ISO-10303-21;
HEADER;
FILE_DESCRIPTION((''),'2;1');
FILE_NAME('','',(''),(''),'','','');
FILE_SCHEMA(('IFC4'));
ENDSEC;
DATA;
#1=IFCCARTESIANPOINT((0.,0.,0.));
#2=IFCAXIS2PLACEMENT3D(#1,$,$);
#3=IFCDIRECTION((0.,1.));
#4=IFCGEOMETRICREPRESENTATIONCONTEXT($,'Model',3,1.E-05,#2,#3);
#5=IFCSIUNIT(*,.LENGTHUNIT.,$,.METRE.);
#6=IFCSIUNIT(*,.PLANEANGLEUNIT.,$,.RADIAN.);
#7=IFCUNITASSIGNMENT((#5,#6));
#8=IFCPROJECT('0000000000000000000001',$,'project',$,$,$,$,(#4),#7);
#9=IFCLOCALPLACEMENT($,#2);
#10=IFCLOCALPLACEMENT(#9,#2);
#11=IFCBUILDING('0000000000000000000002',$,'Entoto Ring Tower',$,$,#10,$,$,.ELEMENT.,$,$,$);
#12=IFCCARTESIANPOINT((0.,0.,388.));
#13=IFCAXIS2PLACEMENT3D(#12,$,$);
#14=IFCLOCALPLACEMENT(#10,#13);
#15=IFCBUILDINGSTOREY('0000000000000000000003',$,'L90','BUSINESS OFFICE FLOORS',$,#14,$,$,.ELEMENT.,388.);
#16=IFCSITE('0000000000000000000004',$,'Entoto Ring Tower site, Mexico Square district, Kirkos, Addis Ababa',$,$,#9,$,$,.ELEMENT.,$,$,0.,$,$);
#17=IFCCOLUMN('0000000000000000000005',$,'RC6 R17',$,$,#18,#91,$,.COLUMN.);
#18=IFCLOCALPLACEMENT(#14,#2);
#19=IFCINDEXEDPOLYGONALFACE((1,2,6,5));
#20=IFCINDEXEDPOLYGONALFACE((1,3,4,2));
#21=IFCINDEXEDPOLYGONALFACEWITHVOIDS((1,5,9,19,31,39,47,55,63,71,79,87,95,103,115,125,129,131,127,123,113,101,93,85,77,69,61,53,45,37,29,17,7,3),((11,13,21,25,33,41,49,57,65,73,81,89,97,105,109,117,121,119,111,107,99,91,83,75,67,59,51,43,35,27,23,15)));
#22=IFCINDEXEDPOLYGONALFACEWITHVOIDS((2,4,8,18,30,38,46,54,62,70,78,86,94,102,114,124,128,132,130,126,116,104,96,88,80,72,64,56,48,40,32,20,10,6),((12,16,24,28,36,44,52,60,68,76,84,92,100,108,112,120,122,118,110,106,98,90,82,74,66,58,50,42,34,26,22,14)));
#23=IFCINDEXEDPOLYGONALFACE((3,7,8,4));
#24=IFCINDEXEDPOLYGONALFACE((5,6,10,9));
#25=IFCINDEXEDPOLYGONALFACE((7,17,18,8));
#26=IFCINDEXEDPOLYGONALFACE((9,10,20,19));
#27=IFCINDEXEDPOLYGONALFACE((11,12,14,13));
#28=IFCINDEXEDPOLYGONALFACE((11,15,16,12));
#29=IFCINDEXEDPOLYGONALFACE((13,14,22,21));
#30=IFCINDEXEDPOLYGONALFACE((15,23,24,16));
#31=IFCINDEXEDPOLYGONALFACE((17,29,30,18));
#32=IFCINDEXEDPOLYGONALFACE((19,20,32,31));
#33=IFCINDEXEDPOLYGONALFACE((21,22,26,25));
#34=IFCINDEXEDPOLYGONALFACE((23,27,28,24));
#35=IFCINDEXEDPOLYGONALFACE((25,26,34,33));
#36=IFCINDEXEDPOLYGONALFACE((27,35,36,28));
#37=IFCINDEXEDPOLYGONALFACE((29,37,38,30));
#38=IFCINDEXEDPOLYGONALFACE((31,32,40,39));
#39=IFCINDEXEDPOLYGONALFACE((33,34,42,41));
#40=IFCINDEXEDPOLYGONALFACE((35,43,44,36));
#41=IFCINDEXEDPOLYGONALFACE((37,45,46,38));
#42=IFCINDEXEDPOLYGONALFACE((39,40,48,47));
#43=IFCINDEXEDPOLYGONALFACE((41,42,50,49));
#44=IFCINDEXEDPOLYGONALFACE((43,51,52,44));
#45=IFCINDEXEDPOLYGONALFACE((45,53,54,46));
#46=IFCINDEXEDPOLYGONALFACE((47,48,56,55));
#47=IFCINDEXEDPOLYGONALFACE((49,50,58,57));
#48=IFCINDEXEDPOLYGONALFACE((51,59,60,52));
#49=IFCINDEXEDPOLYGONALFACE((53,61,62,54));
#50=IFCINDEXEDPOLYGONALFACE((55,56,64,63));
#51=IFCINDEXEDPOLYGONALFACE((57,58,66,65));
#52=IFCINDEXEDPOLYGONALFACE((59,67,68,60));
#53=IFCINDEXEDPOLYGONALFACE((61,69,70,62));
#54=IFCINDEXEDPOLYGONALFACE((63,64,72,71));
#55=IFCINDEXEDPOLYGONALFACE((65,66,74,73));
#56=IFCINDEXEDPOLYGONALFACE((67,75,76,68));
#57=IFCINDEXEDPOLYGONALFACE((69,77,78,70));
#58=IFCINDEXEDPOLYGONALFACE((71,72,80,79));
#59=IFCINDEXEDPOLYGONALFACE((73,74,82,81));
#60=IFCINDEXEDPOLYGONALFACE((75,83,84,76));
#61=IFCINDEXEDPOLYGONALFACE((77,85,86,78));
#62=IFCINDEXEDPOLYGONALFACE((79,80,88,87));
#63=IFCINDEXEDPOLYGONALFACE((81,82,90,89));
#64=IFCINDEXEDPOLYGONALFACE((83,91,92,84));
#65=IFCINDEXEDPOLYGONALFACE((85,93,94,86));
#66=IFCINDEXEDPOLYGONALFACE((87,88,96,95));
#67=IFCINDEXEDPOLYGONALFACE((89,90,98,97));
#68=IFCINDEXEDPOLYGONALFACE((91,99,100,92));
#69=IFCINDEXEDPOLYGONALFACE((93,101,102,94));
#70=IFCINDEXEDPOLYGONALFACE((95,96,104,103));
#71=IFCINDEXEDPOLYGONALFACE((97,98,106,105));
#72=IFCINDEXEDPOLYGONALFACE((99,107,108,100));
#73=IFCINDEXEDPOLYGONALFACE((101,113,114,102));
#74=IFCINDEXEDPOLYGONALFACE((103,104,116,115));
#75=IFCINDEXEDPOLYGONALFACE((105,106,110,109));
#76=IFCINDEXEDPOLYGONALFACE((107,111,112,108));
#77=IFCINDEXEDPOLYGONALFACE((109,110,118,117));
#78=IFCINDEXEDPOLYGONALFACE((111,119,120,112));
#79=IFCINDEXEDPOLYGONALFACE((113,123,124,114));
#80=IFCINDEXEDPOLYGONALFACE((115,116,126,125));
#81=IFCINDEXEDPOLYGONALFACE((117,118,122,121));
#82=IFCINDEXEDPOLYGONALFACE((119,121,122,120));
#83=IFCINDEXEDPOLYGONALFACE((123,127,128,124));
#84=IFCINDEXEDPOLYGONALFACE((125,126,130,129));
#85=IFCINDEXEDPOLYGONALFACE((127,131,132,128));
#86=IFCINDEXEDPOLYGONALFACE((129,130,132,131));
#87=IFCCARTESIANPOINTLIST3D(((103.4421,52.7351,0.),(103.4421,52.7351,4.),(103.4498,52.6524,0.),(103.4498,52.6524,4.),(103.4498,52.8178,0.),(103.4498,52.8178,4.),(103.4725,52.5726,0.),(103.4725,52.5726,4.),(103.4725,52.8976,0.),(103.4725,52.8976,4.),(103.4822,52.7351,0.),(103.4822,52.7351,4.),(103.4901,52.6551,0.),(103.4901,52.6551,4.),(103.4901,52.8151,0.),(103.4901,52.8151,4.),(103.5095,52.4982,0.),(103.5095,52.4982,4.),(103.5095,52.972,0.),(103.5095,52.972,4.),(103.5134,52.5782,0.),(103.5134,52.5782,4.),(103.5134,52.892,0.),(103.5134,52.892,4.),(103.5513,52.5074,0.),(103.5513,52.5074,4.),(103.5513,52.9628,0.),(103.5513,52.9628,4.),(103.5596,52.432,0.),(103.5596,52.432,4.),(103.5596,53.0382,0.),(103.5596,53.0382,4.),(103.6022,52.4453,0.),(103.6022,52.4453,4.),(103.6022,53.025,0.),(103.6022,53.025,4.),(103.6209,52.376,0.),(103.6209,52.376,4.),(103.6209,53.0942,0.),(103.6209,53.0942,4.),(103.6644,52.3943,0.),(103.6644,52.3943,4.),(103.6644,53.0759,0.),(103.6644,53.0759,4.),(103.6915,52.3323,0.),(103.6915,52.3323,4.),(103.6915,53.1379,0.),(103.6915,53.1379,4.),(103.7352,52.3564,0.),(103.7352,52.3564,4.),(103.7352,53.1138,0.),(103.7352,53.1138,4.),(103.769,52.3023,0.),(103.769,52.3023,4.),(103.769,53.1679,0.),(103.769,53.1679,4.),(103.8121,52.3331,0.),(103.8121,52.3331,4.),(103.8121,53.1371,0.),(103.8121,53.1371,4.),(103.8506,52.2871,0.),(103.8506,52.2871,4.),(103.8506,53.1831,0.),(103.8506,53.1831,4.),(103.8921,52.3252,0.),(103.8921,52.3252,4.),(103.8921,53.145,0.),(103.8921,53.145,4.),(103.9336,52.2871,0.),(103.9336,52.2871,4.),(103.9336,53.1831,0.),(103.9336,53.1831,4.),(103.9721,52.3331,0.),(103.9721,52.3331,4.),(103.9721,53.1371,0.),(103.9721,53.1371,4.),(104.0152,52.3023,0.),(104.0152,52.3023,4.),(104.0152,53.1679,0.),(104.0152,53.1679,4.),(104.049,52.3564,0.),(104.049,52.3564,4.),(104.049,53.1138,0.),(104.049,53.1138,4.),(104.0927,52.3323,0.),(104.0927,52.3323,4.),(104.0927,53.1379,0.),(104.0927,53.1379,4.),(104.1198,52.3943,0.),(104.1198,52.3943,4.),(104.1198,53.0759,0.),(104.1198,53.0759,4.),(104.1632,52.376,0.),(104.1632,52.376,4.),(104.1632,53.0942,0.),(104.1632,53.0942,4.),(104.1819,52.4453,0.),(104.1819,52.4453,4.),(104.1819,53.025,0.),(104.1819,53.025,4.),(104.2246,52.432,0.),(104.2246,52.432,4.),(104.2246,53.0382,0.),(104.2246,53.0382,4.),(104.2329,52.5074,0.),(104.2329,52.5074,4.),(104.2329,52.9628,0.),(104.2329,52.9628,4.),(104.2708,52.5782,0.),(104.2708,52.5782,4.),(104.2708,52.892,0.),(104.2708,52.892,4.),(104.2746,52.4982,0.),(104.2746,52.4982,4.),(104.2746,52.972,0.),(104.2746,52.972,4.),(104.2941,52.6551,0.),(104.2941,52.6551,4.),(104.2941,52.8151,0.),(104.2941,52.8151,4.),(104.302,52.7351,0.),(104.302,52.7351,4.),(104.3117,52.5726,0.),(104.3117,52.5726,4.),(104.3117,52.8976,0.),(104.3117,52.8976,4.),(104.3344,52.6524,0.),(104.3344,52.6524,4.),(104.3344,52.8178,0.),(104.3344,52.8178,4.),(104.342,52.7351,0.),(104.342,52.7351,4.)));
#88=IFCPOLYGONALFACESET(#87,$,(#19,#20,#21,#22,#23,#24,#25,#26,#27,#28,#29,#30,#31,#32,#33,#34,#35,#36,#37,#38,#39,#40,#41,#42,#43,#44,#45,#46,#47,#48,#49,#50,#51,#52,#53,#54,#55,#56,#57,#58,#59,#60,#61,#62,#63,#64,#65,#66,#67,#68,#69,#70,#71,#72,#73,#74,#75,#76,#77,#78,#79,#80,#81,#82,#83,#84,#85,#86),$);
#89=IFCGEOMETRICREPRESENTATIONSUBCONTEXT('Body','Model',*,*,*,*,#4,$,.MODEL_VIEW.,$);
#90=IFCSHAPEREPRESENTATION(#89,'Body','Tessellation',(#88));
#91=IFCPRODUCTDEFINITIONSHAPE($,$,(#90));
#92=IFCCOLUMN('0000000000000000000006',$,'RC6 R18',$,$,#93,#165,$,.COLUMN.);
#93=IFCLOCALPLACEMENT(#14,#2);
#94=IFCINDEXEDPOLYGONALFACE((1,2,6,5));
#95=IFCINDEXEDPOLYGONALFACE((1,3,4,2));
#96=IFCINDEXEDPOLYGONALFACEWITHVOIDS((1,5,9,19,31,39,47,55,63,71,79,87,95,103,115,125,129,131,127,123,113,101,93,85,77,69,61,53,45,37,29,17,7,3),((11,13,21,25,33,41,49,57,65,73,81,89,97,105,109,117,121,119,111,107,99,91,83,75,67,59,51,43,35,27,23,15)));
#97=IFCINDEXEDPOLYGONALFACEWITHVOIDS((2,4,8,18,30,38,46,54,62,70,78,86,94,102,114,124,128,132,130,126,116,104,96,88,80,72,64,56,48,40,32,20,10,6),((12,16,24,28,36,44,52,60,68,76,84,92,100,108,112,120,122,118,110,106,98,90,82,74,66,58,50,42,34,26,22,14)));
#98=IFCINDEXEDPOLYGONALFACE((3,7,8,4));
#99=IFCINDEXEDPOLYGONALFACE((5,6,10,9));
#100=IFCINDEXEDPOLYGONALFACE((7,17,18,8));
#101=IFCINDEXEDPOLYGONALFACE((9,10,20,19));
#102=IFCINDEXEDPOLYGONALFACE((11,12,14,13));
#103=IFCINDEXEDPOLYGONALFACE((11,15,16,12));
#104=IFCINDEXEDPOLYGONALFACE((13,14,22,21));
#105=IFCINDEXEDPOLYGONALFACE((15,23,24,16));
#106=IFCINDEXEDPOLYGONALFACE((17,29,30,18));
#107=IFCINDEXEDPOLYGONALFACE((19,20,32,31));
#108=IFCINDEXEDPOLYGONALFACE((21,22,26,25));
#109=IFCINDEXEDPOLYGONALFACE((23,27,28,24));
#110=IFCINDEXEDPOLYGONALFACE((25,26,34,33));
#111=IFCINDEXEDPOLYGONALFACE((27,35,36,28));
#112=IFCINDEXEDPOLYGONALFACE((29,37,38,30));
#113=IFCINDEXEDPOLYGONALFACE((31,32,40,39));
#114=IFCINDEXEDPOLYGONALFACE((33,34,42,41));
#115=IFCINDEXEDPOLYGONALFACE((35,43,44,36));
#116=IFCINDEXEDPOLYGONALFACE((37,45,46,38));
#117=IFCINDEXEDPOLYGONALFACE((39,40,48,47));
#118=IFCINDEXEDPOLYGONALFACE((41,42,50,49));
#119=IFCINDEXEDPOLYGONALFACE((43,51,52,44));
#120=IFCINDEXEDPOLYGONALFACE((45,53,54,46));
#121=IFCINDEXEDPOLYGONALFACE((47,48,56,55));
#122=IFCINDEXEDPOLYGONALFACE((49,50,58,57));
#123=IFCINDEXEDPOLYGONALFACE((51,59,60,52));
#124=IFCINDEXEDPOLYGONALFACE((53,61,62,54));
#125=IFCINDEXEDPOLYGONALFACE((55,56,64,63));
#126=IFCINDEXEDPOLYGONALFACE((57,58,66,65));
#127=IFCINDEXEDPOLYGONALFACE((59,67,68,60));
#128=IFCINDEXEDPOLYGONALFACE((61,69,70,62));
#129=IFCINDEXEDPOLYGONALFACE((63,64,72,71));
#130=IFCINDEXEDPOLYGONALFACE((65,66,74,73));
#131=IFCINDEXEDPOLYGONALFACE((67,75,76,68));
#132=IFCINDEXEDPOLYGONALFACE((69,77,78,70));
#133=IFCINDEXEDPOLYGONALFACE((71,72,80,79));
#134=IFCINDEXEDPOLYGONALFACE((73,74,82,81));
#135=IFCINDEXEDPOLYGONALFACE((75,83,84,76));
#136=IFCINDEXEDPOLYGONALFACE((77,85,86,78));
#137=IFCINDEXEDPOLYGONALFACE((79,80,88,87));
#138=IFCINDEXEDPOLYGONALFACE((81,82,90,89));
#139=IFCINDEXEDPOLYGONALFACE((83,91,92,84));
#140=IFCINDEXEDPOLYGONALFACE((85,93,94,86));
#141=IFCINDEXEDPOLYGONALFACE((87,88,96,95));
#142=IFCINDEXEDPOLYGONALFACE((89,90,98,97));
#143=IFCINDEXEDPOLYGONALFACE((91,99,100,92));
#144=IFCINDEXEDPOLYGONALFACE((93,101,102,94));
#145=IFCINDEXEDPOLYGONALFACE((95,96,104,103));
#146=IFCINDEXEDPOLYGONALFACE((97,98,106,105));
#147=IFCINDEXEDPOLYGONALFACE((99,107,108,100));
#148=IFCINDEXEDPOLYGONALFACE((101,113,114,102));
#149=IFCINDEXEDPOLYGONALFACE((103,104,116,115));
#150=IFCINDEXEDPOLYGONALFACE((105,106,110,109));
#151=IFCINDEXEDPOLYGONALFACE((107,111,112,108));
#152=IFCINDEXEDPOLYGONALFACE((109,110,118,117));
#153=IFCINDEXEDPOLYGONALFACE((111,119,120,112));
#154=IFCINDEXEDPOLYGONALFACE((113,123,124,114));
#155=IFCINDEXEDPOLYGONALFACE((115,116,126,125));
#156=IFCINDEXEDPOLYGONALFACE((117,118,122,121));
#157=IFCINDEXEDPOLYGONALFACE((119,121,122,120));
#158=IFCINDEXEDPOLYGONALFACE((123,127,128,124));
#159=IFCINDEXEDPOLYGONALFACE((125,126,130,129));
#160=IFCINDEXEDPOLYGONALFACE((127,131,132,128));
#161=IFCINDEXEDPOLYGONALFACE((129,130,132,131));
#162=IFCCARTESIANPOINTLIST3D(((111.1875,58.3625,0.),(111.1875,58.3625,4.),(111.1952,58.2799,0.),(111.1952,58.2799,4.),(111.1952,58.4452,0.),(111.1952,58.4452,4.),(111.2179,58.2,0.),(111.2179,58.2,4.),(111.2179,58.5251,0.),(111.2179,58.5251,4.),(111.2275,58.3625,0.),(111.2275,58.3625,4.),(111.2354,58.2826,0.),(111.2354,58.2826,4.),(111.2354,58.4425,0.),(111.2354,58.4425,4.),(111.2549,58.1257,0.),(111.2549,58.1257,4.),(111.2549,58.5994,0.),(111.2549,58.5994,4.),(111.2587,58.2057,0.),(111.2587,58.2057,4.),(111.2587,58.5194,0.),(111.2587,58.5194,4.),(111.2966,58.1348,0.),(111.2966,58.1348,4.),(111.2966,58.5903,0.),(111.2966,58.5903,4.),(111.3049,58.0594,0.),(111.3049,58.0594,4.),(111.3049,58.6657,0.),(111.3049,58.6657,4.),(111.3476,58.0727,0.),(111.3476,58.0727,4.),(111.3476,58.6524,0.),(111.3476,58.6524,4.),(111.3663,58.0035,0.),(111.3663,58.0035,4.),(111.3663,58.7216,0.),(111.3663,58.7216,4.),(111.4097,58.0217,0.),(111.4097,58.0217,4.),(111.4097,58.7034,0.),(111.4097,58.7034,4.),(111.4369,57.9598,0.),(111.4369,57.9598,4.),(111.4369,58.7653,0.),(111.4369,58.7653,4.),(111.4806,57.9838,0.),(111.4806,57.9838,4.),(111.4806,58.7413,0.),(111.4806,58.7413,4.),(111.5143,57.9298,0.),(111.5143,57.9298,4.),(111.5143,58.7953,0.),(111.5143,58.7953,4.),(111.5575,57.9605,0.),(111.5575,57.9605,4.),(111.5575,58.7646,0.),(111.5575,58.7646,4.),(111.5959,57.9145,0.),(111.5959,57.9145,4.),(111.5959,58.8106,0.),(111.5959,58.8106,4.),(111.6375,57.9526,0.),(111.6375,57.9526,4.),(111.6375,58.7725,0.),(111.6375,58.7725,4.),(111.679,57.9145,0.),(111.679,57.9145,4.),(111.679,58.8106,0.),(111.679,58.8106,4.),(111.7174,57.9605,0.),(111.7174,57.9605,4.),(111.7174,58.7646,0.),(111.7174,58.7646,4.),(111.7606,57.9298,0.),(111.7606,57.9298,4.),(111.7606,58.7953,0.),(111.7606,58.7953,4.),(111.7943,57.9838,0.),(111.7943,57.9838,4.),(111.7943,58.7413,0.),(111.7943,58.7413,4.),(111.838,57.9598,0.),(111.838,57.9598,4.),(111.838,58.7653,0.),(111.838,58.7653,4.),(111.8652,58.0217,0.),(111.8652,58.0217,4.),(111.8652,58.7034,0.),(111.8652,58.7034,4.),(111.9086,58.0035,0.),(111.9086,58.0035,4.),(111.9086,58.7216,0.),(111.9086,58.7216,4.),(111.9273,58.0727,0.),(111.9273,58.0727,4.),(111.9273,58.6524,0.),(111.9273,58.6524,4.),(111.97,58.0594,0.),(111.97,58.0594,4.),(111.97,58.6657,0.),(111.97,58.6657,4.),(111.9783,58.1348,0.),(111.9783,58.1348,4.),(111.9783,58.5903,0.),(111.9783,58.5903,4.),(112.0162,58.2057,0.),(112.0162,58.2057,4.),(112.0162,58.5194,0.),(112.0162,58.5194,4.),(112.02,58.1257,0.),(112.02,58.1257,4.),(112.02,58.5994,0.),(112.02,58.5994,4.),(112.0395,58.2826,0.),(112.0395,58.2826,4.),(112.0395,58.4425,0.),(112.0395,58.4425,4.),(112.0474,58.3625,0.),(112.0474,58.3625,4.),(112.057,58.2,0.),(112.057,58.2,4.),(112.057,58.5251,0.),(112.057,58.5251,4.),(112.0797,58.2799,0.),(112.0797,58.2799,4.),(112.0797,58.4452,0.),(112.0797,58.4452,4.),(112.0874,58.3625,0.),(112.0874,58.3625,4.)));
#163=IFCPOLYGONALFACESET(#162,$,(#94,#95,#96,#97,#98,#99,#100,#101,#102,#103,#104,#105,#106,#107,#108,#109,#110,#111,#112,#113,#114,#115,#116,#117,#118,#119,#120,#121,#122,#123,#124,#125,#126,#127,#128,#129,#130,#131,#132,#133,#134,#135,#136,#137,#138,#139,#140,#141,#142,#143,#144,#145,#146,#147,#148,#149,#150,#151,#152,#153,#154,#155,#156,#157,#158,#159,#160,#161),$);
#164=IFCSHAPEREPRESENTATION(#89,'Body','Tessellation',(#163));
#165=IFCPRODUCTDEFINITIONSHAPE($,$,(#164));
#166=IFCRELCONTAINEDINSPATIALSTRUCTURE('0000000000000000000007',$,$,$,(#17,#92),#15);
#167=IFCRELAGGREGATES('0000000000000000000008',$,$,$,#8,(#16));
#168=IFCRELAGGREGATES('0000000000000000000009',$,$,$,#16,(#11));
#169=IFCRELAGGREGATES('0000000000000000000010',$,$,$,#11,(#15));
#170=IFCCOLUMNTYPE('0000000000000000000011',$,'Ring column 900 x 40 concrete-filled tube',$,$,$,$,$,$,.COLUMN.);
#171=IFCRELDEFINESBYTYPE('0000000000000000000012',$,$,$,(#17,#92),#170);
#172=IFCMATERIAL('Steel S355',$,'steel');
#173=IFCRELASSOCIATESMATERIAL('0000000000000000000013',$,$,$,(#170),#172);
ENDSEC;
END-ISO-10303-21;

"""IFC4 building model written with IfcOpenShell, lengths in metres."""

from ifc_helpers import new_model, si_unit, direction, frame, origin, origin_2d, place, context, subcontext, project, spatial, circle, hollow_circle, extrude, material, material_profile, profile_set, type_object, element, save


model = new_model("IFC4")

# Units and contexts
model_context = context("Model", 3, precision=1e-05, world=origin(), true_north=direction((0.0, 1.0)))
body_context = subcontext(model_context, "Body", "Model", "MODEL_VIEW")
ifc_project = project(units=[si_unit("LENGTHUNIT", "METRE"), si_unit("PLANEANGLEUNIT", "RADIAN")], contexts=[model_context])

# Site, building, storey
site_placement = place(None, origin())
site = spatial("IfcSite", under=ifc_project, at=site_placement, Name="Entoto Ring Tower site, Mexico Square district, Kirkos, Addis Ababa", CompositionType="ELEMENT", RefElevation=0.0)
building_placement = place(site_placement, origin())
building = spatial("IfcBuilding", under=site, at=building_placement, Name="Entoto Ring Tower", CompositionType="ELEMENT")
storey_placement = place(building_placement, frame((0.0, 0.0, 388.0)))
storey = spatial("IfcBuildingStorey", under=building, at=storey_placement, Name="L90", Description="BUSINESS OFFICE FLOORS", CompositionType="ELEMENT", Elevation=388.0)

# Columns
ifc_material_1 = material(Name="Steel S355", Category="steel")
ifc_material_profile_1 = material_profile(ifc_material_1, hollow_circle(Radius=0.45, WallThickness=0.04, at=origin_2d()), Name="CHS 900 x 40")
ifc_material_2 = material(Name="Concrete C60/75", Category="concrete")
ifc_material_profile_2 = material_profile(ifc_material_2, circle(Radius=0.4099, at=origin_2d()), Name="Concrete C60/75 infill")
ifc_profile_set_1 = profile_set([ifc_material_profile_1, ifc_material_profile_2], Name="Steel S355")
column_type = type_object("IfcColumnType", Name="Ring column 900 x 40 concrete-filled tube", PredefinedType="COLUMN", material=ifc_profile_set_1)
for number, where, z_axis, x_axis, name in (
    (1, (103.8921, 52.7351, 0.0), (0.0, 0.0, 1.0), (1.0, 0.0, 0.0), "RC6 R17"),
    (2, (111.6375, 58.3625, 0.0), (0.0, 0.0, 1.0), (1.0, 0.0, 0.0), "RC6 R18"),
):
    element("IfcColumn", number, at=place(storey_placement, frame(where, z_axis=z_axis, x_axis=x_axis)), inside=storey, type_object=column_type, Name=name, PredefinedType="COLUMN", context=body_context, shape_type="SweptSolid", body=[
        extrude(hollow_circle(Radius=0.45, WallThickness=0.04, at=origin_2d()), origin(), (0.0, 0.0, 1.0), 4.0),
    ])

save(model, "model.ifc")
